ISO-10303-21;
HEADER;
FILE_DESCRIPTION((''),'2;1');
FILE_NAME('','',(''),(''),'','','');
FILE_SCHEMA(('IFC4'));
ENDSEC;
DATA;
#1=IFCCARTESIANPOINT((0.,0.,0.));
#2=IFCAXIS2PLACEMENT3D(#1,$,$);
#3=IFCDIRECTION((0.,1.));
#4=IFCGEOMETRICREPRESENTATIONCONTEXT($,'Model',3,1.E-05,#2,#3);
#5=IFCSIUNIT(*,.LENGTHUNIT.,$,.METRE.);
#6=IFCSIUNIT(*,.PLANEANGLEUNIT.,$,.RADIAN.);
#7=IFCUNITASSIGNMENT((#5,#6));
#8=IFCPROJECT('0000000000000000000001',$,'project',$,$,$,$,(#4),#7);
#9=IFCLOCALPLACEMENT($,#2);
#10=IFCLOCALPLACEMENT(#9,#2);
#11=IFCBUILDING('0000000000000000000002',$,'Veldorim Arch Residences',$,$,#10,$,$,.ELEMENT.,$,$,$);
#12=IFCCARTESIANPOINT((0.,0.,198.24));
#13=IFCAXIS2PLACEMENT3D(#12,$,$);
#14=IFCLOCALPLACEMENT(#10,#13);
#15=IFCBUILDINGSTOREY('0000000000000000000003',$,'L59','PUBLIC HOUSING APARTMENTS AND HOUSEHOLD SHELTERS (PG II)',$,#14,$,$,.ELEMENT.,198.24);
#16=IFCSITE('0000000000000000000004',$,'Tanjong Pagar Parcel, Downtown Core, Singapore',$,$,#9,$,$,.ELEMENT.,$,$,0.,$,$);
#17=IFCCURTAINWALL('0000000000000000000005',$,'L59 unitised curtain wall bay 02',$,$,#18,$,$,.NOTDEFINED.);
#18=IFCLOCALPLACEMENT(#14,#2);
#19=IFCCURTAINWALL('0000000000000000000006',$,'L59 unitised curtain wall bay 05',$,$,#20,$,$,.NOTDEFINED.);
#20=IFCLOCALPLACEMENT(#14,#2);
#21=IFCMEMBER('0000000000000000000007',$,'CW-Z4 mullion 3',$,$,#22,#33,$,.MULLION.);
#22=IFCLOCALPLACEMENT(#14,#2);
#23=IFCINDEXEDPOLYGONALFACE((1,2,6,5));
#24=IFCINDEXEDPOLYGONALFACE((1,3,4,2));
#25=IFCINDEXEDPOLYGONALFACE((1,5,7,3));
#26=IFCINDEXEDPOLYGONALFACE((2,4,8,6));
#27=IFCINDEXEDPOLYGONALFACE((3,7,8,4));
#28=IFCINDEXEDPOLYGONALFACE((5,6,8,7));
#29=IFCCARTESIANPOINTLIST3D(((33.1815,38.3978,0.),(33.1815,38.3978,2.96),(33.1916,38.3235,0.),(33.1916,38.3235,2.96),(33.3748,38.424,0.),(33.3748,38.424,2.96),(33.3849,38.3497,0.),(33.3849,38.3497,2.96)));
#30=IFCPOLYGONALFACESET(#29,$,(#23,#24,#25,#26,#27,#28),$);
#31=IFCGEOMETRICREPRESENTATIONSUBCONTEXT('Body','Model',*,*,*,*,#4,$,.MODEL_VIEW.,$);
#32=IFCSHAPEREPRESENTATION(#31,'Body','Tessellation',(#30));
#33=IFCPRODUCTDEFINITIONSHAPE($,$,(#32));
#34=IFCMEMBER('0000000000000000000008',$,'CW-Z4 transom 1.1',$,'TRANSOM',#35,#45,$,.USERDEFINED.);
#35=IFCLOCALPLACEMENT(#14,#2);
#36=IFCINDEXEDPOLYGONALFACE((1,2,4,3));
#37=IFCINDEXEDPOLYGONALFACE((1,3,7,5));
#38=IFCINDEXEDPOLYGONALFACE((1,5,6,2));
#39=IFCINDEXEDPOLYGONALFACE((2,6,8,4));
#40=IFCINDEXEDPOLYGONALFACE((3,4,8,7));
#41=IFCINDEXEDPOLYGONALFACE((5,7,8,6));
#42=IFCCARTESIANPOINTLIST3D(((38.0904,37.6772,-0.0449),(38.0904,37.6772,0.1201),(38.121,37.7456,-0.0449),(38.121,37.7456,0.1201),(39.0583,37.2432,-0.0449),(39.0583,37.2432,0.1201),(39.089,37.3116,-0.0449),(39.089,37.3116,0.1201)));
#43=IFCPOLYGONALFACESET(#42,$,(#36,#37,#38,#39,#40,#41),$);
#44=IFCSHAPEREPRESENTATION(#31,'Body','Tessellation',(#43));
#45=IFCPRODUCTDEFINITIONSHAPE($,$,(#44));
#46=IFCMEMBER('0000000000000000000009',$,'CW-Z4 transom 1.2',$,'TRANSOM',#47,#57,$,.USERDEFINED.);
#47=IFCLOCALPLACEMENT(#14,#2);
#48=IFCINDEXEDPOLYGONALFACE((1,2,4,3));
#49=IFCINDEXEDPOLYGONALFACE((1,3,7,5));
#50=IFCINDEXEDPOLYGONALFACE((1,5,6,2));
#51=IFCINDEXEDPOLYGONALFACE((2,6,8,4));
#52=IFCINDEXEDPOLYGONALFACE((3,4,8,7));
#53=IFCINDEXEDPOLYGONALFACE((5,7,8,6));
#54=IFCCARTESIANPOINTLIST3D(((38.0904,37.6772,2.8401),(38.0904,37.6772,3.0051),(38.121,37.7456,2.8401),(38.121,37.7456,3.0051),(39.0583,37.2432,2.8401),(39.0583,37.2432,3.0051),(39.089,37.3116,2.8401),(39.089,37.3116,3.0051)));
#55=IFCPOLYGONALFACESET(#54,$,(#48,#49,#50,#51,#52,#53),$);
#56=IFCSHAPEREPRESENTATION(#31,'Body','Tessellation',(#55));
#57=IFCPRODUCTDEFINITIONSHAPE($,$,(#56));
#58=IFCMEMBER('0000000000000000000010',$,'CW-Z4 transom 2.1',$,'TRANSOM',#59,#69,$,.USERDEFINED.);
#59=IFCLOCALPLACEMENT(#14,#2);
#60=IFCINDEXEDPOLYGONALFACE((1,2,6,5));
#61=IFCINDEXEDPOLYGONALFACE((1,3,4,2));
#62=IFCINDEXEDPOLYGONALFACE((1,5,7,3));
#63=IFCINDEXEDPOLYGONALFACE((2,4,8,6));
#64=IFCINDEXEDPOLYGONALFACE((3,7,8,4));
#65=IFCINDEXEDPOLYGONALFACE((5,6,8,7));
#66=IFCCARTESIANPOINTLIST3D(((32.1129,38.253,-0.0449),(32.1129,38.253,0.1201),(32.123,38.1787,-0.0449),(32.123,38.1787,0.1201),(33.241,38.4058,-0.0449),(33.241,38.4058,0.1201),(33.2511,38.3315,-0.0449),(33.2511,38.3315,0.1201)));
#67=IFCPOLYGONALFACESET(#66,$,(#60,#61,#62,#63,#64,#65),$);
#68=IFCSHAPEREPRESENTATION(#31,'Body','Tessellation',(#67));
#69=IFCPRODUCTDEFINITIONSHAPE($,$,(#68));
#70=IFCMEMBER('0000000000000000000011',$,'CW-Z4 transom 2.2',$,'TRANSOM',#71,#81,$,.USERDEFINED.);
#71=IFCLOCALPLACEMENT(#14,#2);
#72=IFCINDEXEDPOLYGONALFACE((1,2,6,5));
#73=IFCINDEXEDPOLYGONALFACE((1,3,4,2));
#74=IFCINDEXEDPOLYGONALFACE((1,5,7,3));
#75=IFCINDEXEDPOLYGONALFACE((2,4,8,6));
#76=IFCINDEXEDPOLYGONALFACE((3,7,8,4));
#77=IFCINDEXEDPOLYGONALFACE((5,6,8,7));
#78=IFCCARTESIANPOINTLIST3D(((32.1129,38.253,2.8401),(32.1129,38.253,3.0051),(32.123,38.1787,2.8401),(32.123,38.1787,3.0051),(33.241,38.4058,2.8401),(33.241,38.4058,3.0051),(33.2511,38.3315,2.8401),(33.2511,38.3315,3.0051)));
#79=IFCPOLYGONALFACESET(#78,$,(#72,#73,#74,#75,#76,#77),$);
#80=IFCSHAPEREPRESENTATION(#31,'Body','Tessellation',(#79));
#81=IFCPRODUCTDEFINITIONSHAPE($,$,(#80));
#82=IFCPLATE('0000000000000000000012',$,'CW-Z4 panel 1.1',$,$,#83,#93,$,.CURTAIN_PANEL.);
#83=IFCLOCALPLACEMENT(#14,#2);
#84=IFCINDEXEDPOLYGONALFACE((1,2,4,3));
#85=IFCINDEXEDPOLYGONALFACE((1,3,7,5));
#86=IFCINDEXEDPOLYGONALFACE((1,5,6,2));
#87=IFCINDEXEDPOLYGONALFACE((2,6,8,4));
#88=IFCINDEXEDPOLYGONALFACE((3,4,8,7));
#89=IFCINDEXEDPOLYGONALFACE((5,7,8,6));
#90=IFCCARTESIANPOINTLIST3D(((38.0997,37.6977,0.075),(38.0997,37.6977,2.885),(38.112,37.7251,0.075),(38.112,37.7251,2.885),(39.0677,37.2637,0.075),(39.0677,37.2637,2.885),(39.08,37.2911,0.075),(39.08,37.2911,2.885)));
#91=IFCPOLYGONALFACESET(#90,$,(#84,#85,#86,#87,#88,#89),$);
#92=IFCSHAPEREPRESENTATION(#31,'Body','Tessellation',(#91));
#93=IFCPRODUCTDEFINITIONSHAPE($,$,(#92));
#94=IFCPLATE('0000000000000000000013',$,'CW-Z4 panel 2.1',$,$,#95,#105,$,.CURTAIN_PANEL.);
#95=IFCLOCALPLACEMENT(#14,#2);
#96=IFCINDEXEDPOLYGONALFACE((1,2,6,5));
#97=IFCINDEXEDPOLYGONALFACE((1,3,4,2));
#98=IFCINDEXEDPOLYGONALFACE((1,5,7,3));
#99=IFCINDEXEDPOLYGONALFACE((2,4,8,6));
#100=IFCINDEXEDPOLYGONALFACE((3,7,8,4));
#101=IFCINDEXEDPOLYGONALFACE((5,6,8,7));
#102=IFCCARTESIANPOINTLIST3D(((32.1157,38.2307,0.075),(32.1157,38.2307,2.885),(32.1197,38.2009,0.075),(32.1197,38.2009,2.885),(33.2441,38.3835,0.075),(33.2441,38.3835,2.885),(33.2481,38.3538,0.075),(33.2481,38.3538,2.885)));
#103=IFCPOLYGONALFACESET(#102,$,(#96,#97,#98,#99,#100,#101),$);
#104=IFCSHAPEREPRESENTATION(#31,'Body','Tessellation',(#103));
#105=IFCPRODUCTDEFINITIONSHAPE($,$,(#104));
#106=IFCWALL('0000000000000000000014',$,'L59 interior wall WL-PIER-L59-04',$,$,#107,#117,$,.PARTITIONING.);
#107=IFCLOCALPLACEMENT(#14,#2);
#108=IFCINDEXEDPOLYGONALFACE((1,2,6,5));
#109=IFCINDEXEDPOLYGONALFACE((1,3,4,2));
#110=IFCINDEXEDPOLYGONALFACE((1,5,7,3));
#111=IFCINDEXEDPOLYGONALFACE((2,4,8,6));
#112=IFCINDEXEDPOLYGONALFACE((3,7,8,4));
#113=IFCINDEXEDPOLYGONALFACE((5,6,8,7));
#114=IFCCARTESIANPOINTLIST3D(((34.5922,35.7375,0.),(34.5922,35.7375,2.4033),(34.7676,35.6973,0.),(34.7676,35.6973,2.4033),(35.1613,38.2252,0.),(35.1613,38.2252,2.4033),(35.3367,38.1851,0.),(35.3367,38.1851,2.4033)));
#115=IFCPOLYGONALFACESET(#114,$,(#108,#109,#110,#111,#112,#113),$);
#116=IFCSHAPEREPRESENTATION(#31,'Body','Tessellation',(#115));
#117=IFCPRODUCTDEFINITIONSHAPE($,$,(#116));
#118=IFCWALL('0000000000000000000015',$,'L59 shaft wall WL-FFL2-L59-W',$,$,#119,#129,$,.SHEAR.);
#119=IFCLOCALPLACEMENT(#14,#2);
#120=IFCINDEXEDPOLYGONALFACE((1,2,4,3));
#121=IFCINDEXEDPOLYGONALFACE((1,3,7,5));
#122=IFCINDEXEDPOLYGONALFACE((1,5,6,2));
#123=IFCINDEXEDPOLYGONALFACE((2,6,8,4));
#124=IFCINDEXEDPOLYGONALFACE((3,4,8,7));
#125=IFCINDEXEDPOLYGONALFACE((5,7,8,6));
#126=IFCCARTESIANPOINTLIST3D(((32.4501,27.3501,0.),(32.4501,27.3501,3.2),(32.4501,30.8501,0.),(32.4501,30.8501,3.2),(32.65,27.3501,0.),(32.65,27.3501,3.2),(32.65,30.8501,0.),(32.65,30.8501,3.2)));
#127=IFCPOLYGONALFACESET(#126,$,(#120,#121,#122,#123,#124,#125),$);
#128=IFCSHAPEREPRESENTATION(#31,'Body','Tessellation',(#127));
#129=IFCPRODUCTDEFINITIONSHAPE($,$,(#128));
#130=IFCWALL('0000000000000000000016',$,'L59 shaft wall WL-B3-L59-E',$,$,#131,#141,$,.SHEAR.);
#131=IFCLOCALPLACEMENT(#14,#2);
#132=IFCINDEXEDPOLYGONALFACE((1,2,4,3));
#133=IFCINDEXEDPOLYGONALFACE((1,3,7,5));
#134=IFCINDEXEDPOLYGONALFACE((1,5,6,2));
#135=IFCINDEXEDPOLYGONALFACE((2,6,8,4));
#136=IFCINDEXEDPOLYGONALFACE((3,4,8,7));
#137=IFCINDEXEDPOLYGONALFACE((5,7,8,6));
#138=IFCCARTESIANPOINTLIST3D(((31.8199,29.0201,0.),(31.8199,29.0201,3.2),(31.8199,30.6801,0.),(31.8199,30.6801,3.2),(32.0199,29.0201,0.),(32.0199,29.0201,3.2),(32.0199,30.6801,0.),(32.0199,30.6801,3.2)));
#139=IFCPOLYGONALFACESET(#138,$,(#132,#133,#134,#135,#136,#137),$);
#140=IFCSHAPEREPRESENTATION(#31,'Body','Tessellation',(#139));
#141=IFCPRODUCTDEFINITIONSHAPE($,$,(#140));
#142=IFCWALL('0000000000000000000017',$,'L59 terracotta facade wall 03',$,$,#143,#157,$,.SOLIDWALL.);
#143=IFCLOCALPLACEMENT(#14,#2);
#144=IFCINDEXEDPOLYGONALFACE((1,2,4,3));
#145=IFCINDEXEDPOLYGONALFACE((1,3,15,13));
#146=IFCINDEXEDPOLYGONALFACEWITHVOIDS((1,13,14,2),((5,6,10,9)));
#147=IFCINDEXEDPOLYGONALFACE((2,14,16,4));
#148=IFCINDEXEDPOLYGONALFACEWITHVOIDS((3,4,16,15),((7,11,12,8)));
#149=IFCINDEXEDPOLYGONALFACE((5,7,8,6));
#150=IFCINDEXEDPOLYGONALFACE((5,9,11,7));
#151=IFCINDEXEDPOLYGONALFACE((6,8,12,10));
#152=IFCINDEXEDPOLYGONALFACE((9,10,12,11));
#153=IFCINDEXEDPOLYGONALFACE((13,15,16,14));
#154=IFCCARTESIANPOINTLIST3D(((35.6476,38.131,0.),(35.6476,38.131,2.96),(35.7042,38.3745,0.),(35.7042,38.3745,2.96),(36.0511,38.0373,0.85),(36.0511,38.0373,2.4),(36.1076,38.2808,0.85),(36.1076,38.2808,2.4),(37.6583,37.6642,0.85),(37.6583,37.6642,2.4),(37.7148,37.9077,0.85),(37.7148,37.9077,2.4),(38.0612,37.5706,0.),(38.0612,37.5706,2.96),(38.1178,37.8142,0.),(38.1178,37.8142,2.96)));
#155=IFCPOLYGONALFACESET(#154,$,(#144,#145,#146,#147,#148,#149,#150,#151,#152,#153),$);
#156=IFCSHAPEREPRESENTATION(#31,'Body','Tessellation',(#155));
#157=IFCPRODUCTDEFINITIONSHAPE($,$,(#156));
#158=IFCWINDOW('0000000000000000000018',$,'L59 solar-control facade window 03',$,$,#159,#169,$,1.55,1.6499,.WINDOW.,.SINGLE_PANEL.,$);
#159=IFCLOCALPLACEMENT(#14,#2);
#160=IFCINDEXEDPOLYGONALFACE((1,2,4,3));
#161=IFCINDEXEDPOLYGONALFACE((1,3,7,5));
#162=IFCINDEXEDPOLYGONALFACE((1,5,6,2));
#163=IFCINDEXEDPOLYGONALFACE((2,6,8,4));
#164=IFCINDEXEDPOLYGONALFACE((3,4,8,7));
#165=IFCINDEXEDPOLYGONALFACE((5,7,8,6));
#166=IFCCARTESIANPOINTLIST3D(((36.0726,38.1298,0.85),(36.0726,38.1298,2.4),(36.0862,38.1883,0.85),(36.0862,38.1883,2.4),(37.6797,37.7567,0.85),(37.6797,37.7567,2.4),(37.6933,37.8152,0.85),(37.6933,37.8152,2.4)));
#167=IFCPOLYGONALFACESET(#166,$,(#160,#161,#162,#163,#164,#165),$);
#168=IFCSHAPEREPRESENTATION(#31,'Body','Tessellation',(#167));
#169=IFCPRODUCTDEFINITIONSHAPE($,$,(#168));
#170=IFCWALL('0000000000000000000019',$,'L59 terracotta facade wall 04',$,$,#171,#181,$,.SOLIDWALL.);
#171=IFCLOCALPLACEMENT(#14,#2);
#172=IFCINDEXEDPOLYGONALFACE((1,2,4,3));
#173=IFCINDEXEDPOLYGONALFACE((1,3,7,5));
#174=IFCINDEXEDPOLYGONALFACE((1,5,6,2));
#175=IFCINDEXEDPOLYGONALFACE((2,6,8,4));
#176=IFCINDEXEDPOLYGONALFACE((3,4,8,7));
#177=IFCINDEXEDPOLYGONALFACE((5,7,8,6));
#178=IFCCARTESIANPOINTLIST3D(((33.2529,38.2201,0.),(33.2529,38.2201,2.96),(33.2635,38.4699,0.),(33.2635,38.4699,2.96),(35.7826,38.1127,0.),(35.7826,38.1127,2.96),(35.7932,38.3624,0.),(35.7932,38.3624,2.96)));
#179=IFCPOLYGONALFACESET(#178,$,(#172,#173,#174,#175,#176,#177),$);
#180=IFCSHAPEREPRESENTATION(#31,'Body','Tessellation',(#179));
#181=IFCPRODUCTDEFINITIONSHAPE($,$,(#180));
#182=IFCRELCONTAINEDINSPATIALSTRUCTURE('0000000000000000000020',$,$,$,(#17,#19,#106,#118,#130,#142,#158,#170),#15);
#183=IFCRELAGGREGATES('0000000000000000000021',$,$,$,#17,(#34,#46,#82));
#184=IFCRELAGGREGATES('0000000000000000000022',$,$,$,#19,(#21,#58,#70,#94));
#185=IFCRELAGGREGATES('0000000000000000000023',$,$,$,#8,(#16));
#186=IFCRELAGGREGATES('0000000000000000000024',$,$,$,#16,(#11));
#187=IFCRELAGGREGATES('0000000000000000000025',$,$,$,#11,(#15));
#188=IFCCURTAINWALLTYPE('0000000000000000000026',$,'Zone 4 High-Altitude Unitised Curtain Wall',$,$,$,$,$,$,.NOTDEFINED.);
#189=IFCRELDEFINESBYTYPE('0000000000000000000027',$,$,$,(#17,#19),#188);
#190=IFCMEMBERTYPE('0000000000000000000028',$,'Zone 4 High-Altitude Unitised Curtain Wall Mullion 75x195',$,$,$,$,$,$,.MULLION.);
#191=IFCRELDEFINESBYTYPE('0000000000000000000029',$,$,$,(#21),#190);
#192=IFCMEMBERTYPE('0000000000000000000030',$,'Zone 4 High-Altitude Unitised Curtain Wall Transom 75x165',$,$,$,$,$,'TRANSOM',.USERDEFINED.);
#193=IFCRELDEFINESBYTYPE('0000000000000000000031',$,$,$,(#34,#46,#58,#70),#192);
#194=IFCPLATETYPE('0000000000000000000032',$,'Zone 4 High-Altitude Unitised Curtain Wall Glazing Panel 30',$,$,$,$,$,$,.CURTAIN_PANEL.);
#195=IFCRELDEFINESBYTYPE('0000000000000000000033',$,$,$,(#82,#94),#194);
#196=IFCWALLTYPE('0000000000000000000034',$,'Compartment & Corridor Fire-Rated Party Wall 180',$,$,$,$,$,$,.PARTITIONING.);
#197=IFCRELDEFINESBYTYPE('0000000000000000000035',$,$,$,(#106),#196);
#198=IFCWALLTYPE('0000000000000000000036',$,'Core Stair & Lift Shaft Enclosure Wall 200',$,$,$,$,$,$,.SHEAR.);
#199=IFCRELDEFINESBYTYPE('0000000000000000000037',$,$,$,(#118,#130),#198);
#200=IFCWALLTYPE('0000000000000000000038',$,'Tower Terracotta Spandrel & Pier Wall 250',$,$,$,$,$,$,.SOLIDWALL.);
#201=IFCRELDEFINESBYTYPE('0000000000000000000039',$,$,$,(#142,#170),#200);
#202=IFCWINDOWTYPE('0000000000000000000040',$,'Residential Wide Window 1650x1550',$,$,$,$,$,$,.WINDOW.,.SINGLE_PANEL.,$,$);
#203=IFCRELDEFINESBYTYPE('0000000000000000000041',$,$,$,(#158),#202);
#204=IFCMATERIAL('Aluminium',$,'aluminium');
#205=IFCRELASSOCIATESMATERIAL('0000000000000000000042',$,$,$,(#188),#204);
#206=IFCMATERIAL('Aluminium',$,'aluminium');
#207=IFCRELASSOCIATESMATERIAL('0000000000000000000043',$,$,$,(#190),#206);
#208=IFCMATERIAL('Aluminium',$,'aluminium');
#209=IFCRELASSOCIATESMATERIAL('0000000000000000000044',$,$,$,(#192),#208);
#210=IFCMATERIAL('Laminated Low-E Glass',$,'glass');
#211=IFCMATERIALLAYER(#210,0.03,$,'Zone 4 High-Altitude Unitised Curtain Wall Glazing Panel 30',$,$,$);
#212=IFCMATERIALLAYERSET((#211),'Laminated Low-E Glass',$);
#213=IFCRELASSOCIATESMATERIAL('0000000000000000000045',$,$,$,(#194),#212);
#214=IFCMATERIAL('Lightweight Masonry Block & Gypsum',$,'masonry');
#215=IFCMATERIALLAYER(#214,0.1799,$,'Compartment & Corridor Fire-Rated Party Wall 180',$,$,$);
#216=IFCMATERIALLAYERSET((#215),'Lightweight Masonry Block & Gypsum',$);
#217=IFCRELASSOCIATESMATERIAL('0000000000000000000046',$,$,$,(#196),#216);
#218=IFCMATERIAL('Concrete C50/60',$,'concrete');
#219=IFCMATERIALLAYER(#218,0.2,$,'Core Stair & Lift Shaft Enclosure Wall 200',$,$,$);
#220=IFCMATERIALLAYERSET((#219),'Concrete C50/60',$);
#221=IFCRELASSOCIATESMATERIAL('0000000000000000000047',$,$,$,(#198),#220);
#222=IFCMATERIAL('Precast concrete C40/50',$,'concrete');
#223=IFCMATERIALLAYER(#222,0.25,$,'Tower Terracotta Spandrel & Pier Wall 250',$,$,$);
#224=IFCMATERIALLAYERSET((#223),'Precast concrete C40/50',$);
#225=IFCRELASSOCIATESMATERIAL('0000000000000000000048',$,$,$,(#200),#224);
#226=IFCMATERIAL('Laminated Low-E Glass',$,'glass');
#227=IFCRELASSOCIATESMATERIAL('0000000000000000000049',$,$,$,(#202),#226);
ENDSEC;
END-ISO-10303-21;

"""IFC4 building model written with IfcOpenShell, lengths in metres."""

from ifc_helpers import new_model, si_unit, direction, frame, frame_2d, origin, origin_2d, place, context, subcontext, project, spatial, rectangle, extrude, material, layer, layer_set, material_profile, profile_set, type_object, element, fill, aggregate, save


model = new_model("IFC4")

# Units and contexts
model_context = context("Model", 3, precision=1e-05, world=origin(), true_north=direction((0.0, 1.0)))
body_context = subcontext(model_context, "Body", "Model", "MODEL_VIEW")
ifc_project = project(units=[si_unit("LENGTHUNIT", "METRE"), si_unit("PLANEANGLEUNIT", "RADIAN")], contexts=[model_context])

# Site, building, storey
site_placement = place(None, origin())
site = spatial("IfcSite", under=ifc_project, at=site_placement, Name="Tanjong Pagar Parcel, Downtown Core, Singapore", CompositionType="ELEMENT", RefElevation=0.0)
building_placement = place(site_placement, origin())
building = spatial("IfcBuilding", under=site, at=building_placement, Name="Veldorim Arch Residences", CompositionType="ELEMENT")
storey_placement = place(building_placement, frame((0.0, 0.0, 198.24)))
storey = spatial("IfcBuildingStorey", under=building, at=storey_placement, Name="L59", Description="PUBLIC HOUSING APARTMENTS AND HOUSEHOLD SHELTERS (PG II)", CompositionType="ELEMENT", Elevation=198.24)

# Curtain wall
ifc_material_1 = material(Name="Aluminium", Category="aluminium")
curtain_wall_type = type_object("IfcCurtainWallType", Name="Zone 4 High-Altitude Unitised Curtain Wall", PredefinedType="NOTDEFINED", material=ifc_material_1)
curtain_wall_1_placement = place(storey_placement, origin())
curtain_wall_1 = element("IfcCurtainWall", 1, at=curtain_wall_1_placement, inside=storey, type_object=curtain_wall_type, Name="L59 unitised curtain wall bay 02", PredefinedType="NOTDEFINED")
ifc_material_2 = material(Name="Aluminium", Category="aluminium")
ifc_material_profile_1 = material_profile(ifc_material_2, rectangle(XDim=0.075, YDim=0.1951, at=origin_2d()), Name="ALU_MUL_75x195")
ifc_profile_set_1 = profile_set([ifc_material_profile_1], Name="Aluminium")
member_type_1 = type_object("IfcMemberType", Name="Zone 4 High-Altitude Unitised Curtain Wall Mullion 75x195", PredefinedType="MULLION", material=ifc_profile_set_1)

# Curtain wall, member
curtain_wall_2_placement = place(storey_placement, origin())
curtain_wall_2 = element("IfcCurtainWall", 2, at=curtain_wall_2_placement, inside=storey, type_object=curtain_wall_type, Name="L59 unitised curtain wall bay 05", PredefinedType="NOTDEFINED")
member_1_placement = place(storey_placement, frame((33.2832, 38.3738, 0.0), z_axis=(0.0, 0.0, 1.0), x_axis=(-0.134245, 0.990948, 0.0)))
member_1 = element("IfcMember", 3, at=member_1_placement, type_object=member_type_1, Name="CW-Z4 mullion 3", PredefinedType="MULLION", context=body_context, shape_type="SweptSolid", body=[
    extrude(rectangle(XDim=0.075, YDim=0.1951, at=origin_2d()), origin(), (0.0, 0.0, 1.0), 2.96),
])

# Members
ifc_material_3 = material(Name="Aluminium", Category="aluminium")
ifc_material_profile_2 = material_profile(ifc_material_3, rectangle(XDim=0.075, YDim=0.165, at=origin_2d()), Name="ALU_TRN_75x165")
ifc_profile_set_2 = profile_set([ifc_material_profile_2], Name="Aluminium")
member_type_2 = type_object("IfcMemberType", Name="Zone 4 High-Altitude Unitised Curtain Wall Transom 75x165", ElementType="TRANSOM", PredefinedType="USERDEFINED", material=ifc_profile_set_2)
member_2_placement = place(storey_placement, frame((38.1057, 37.7114, 0.0376), z_axis=(0.912459, -0.409168, 0.0), x_axis=(0.409168, 0.912459, 0.0)))
member_2 = element("IfcMember", 4, at=member_2_placement, type_object=member_type_2, Name="CW-Z4 transom 1.1", ObjectType="TRANSOM", PredefinedType="USERDEFINED", context=body_context, shape_type="SweptSolid", body=[
    extrude(rectangle(XDim=0.075, YDim=0.165, at=origin_2d()), origin(), (0.0, 0.0, 1.0), 1.0608),
])
member_3_placement = place(storey_placement, frame((38.1057, 37.7114, 2.9226), z_axis=(0.912459, -0.409168, 0.0), x_axis=(0.409168, 0.912459, 0.0)))
member_3 = element("IfcMember", 5, at=member_3_placement, type_object=member_type_2, Name="CW-Z4 transom 1.2", ObjectType="TRANSOM", PredefinedType="USERDEFINED", context=body_context, shape_type="SweptSolid", body=[
    extrude(rectangle(XDim=0.075, YDim=0.165, at=origin_2d()), origin(), (0.0, 0.0, 1.0), 1.0608),
])
member_4_placement = place(storey_placement, frame((32.1179, 38.2158, 0.0376), z_axis=(0.990949, 0.134242, 0.0), x_axis=(-0.134242, 0.990949, 0.0)))
member_4 = element("IfcMember", 6, at=member_4_placement, type_object=member_type_2, Name="CW-Z4 transom 2.1", ObjectType="TRANSOM", PredefinedType="USERDEFINED", context=body_context, shape_type="SweptSolid", body=[
    extrude(rectangle(XDim=0.075, YDim=0.165, at=origin_2d()), origin(), (0.0, 0.0, 1.0), 1.1384),
])
member_5_placement = place(storey_placement, frame((32.1179, 38.2158, 2.9226), z_axis=(0.990949, 0.134242, 0.0), x_axis=(-0.134242, 0.990949, 0.0)))
member_5 = element("IfcMember", 7, at=member_5_placement, type_object=member_type_2, Name="CW-Z4 transom 2.2", ObjectType="TRANSOM", PredefinedType="USERDEFINED", context=body_context, shape_type="SweptSolid", body=[
    extrude(rectangle(XDim=0.075, YDim=0.165, at=origin_2d()), origin(), (0.0, 0.0, 1.0), 1.1384),
])

# Plates
ifc_material_4 = material(Name="Laminated Low-E Glass", Category="glass")
ifc_layer_1 = layer(ifc_material_4, 0.03, Name="Zone 4 High-Altitude Unitised Curtain Wall Glazing Panel 30")
ifc_layer_set_1 = layer_set([ifc_layer_1], Name="Laminated Low-E Glass")
plate_type = type_object("IfcPlateType", Name="Zone 4 High-Altitude Unitised Curtain Wall Glazing Panel 30", PredefinedType="CURTAIN_PANEL", material=ifc_layer_set_1)
plate_1_placement = place(storey_placement, frame((38.5898, 37.4944, 0.075), z_axis=(0.0, 0.0, 1.0), x_axis=(0.912468, -0.409149, 0.0)))
plate_1 = element("IfcPlate", 8, at=plate_1_placement, type_object=plate_type, Name="CW-Z4 panel 1.1", PredefinedType="CURTAIN_PANEL", context=body_context, shape_type="SweptSolid", body=[
    extrude(rectangle(XDim=1.0608, YDim=0.03, at=origin_2d()), origin(), (0.0, 0.0, 1.0), 2.8101),
])
aggregate(curtain_wall_1, [member_2, member_3, plate_1])
plate_2_placement = place(storey_placement, frame((32.6819, 38.2922, 0.075), z_axis=(0.0, 0.0, 1.0), x_axis=(0.990948, 0.134245, 0.0)))
plate_2 = element("IfcPlate", 9, at=plate_2_placement, type_object=plate_type, Name="CW-Z4 panel 2.1", PredefinedType="CURTAIN_PANEL", context=body_context, shape_type="SweptSolid", body=[
    extrude(rectangle(XDim=1.1387, YDim=0.03, at=origin_2d()), origin(), (0.0, 0.0, 1.0), 2.8101),
])
aggregate(curtain_wall_2, [member_1, member_4, member_5, plate_2])

# Wall
ifc_material_5 = material(Name="Lightweight Masonry Block & Gypsum", Category="masonry")
ifc_layer_2 = layer(ifc_material_5, 0.1799, Name="Compartment & Corridor Fire-Rated Party Wall 180")
ifc_layer_set_2 = layer_set([ifc_layer_2], Name="Lightweight Masonry Block & Gypsum")
wall_type_1 = type_object("IfcWallType", Name="Compartment & Corridor Fire-Rated Party Wall 180", PredefinedType="PARTITIONING", material=ifc_layer_set_2)
wall_1_placement = place(storey_placement, frame((34.6799, 35.7175, 0.0), z_axis=(0.0, 0.0, 1.0), x_axis=(0.222994, 0.97482, 0.0)))
element("IfcWall", 10, at=wall_1_placement, inside=storey, type_object=wall_type_1, Name="L59 interior wall WL-PIER-L59-04", PredefinedType="PARTITIONING", context=body_context, shape_type="SweptSolid", body=[
    extrude(rectangle(XDim=2.552, YDim=0.1799, at=frame_2d((1.2759, 0.0))), origin(), (0.0, 0.0, 1.0), 2.4033),
])

# Shared definitions
ifc_material_6 = material(Name="Concrete C50/60", Category="concrete")
ifc_layer_3 = layer(ifc_material_6, 0.2, Name="Core Stair & Lift Shaft Enclosure Wall 200")
ifc_layer_set_3 = layer_set([ifc_layer_3], Name="Concrete C50/60")
wall_type_2 = type_object("IfcWallType", Name="Core Stair & Lift Shaft Enclosure Wall 200", PredefinedType="SHEAR", material=ifc_layer_set_3)

# Walls
wall_2_placement = place(storey_placement, frame((32.55, 27.3501, 0.0), z_axis=(0.0, 0.0, 1.0), x_axis=(0.0, 1.0, 0.0)))
element("IfcWall", 11, at=wall_2_placement, inside=storey, type_object=wall_type_2, Name="L59 shaft wall WL-FFL2-L59-W", PredefinedType="SHEAR", context=body_context, shape_type="SweptSolid", body=[
    extrude(rectangle(XDim=3.5, YDim=0.2, at=frame_2d((1.75, 0.0))), origin(), (0.0, 0.0, 1.0), 3.2),
])
wall_3_placement = place(storey_placement, frame((31.9199, 29.02, 0.0), z_axis=(0.0, 0.0, 1.0), x_axis=(0.0, 1.0, 0.0)))
element("IfcWall", 12, at=wall_3_placement, inside=storey, type_object=wall_type_2, Name="L59 shaft wall WL-B3-L59-E", PredefinedType="SHEAR", context=body_context, shape_type="SweptSolid", body=[
    extrude(rectangle(XDim=1.6599, YDim=0.2, at=frame_2d((0.8301, 0.0))), origin(), (0.0, 0.0, 1.0), 3.2),
])

# Wall, opening, window
ifc_material_7 = material(Name="Precast concrete C40/50", Category="concrete")
ifc_layer_4 = layer(ifc_material_7, 0.25, Name="Tower Terracotta Spandrel & Pier Wall 250")
ifc_layer_set_4 = layer_set([ifc_layer_4], Name="Precast concrete C40/50")
wall_type_3 = type_object("IfcWallType", Name="Tower Terracotta Spandrel & Pier Wall 250", PredefinedType="SOLIDWALL", material=ifc_layer_set_4)
wall_4_placement = place(storey_placement, frame((35.676, 38.2527, 0.0), z_axis=(0.0, 0.0, 1.0), x_axis=(0.974096, -0.226133, 0.0)))
wall_4 = element("IfcWall", 13, at=wall_4_placement, inside=storey, type_object=wall_type_3, Name="L59 terracotta facade wall 03", PredefinedType="SOLIDWALL", context=body_context, shape_type="SweptSolid", body=[
    extrude(rectangle(XDim=2.4778, YDim=0.25, at=frame_2d((1.2388, 0.0))), origin(), (0.0, 0.0, 1.0), 2.96),
])
opening_1_placement = place(wall_4_placement, frame((0.4141, 0.0, 0.8501)))
opening_1 = element("IfcOpeningElement", 14, at=opening_1_placement, cuts=wall_4, PredefinedType="OPENING", context=body_context, shape_type="SweptSolid", body=[
    extrude(rectangle(XDim=1.6499, YDim=1.55, at=frame_2d((0.825, 0.7749))), frame((0.0, 0.135, 0.0), z_axis=(0.0, -1.0, 0.0), x_axis=(1.0, 0.0, 0.0)), (0.0, 0.0, 1.0), 0.27),
])
ifc_material_8 = material(Name="Laminated Low-E Glass", Category="glass")
window_type = type_object("IfcWindowType", Name="Residential Wide Window 1650x1550", PartitioningType="SINGLE_PANEL", PredefinedType="WINDOW", material=ifc_material_8)
window_placement = place(opening_1_placement, origin())
window = element("IfcWindow", 15, at=window_placement, inside=storey, type_object=window_type, Name="L59 solar-control facade window 03", OverallHeight=1.55, OverallWidth=1.6499, PartitioningType="SINGLE_PANEL", PredefinedType="WINDOW", context=body_context, shape_type="SweptSolid", body=[
    extrude(rectangle(XDim=1.6499, YDim=1.55, at=frame_2d((0.825, 0.7749))), frame((0.0, 0.03, 0.0), z_axis=(0.0, -1.0, 0.0), x_axis=(1.0, 0.0, 0.0)), (0.0, 0.0, 1.0), 0.0601),
])
fill(opening_1, window)

# Wall
wall_5_placement = place(storey_placement, frame((33.2581, 38.345, 0.0), z_axis=(0.0, 0.0, 1.0), x_axis=(0.9991, -0.042425, 0.0)))
element("IfcWall", 16, at=wall_5_placement, inside=storey, type_object=wall_type_3, Name="L59 terracotta facade wall 04", PredefinedType="SOLIDWALL", context=body_context, shape_type="SweptSolid", body=[
    extrude(rectangle(XDim=2.532, YDim=0.25, at=frame_2d((1.2661, 0.0))), origin(), (0.0, 0.0, 1.0), 2.96),
])

save(model, "model.ifc")
